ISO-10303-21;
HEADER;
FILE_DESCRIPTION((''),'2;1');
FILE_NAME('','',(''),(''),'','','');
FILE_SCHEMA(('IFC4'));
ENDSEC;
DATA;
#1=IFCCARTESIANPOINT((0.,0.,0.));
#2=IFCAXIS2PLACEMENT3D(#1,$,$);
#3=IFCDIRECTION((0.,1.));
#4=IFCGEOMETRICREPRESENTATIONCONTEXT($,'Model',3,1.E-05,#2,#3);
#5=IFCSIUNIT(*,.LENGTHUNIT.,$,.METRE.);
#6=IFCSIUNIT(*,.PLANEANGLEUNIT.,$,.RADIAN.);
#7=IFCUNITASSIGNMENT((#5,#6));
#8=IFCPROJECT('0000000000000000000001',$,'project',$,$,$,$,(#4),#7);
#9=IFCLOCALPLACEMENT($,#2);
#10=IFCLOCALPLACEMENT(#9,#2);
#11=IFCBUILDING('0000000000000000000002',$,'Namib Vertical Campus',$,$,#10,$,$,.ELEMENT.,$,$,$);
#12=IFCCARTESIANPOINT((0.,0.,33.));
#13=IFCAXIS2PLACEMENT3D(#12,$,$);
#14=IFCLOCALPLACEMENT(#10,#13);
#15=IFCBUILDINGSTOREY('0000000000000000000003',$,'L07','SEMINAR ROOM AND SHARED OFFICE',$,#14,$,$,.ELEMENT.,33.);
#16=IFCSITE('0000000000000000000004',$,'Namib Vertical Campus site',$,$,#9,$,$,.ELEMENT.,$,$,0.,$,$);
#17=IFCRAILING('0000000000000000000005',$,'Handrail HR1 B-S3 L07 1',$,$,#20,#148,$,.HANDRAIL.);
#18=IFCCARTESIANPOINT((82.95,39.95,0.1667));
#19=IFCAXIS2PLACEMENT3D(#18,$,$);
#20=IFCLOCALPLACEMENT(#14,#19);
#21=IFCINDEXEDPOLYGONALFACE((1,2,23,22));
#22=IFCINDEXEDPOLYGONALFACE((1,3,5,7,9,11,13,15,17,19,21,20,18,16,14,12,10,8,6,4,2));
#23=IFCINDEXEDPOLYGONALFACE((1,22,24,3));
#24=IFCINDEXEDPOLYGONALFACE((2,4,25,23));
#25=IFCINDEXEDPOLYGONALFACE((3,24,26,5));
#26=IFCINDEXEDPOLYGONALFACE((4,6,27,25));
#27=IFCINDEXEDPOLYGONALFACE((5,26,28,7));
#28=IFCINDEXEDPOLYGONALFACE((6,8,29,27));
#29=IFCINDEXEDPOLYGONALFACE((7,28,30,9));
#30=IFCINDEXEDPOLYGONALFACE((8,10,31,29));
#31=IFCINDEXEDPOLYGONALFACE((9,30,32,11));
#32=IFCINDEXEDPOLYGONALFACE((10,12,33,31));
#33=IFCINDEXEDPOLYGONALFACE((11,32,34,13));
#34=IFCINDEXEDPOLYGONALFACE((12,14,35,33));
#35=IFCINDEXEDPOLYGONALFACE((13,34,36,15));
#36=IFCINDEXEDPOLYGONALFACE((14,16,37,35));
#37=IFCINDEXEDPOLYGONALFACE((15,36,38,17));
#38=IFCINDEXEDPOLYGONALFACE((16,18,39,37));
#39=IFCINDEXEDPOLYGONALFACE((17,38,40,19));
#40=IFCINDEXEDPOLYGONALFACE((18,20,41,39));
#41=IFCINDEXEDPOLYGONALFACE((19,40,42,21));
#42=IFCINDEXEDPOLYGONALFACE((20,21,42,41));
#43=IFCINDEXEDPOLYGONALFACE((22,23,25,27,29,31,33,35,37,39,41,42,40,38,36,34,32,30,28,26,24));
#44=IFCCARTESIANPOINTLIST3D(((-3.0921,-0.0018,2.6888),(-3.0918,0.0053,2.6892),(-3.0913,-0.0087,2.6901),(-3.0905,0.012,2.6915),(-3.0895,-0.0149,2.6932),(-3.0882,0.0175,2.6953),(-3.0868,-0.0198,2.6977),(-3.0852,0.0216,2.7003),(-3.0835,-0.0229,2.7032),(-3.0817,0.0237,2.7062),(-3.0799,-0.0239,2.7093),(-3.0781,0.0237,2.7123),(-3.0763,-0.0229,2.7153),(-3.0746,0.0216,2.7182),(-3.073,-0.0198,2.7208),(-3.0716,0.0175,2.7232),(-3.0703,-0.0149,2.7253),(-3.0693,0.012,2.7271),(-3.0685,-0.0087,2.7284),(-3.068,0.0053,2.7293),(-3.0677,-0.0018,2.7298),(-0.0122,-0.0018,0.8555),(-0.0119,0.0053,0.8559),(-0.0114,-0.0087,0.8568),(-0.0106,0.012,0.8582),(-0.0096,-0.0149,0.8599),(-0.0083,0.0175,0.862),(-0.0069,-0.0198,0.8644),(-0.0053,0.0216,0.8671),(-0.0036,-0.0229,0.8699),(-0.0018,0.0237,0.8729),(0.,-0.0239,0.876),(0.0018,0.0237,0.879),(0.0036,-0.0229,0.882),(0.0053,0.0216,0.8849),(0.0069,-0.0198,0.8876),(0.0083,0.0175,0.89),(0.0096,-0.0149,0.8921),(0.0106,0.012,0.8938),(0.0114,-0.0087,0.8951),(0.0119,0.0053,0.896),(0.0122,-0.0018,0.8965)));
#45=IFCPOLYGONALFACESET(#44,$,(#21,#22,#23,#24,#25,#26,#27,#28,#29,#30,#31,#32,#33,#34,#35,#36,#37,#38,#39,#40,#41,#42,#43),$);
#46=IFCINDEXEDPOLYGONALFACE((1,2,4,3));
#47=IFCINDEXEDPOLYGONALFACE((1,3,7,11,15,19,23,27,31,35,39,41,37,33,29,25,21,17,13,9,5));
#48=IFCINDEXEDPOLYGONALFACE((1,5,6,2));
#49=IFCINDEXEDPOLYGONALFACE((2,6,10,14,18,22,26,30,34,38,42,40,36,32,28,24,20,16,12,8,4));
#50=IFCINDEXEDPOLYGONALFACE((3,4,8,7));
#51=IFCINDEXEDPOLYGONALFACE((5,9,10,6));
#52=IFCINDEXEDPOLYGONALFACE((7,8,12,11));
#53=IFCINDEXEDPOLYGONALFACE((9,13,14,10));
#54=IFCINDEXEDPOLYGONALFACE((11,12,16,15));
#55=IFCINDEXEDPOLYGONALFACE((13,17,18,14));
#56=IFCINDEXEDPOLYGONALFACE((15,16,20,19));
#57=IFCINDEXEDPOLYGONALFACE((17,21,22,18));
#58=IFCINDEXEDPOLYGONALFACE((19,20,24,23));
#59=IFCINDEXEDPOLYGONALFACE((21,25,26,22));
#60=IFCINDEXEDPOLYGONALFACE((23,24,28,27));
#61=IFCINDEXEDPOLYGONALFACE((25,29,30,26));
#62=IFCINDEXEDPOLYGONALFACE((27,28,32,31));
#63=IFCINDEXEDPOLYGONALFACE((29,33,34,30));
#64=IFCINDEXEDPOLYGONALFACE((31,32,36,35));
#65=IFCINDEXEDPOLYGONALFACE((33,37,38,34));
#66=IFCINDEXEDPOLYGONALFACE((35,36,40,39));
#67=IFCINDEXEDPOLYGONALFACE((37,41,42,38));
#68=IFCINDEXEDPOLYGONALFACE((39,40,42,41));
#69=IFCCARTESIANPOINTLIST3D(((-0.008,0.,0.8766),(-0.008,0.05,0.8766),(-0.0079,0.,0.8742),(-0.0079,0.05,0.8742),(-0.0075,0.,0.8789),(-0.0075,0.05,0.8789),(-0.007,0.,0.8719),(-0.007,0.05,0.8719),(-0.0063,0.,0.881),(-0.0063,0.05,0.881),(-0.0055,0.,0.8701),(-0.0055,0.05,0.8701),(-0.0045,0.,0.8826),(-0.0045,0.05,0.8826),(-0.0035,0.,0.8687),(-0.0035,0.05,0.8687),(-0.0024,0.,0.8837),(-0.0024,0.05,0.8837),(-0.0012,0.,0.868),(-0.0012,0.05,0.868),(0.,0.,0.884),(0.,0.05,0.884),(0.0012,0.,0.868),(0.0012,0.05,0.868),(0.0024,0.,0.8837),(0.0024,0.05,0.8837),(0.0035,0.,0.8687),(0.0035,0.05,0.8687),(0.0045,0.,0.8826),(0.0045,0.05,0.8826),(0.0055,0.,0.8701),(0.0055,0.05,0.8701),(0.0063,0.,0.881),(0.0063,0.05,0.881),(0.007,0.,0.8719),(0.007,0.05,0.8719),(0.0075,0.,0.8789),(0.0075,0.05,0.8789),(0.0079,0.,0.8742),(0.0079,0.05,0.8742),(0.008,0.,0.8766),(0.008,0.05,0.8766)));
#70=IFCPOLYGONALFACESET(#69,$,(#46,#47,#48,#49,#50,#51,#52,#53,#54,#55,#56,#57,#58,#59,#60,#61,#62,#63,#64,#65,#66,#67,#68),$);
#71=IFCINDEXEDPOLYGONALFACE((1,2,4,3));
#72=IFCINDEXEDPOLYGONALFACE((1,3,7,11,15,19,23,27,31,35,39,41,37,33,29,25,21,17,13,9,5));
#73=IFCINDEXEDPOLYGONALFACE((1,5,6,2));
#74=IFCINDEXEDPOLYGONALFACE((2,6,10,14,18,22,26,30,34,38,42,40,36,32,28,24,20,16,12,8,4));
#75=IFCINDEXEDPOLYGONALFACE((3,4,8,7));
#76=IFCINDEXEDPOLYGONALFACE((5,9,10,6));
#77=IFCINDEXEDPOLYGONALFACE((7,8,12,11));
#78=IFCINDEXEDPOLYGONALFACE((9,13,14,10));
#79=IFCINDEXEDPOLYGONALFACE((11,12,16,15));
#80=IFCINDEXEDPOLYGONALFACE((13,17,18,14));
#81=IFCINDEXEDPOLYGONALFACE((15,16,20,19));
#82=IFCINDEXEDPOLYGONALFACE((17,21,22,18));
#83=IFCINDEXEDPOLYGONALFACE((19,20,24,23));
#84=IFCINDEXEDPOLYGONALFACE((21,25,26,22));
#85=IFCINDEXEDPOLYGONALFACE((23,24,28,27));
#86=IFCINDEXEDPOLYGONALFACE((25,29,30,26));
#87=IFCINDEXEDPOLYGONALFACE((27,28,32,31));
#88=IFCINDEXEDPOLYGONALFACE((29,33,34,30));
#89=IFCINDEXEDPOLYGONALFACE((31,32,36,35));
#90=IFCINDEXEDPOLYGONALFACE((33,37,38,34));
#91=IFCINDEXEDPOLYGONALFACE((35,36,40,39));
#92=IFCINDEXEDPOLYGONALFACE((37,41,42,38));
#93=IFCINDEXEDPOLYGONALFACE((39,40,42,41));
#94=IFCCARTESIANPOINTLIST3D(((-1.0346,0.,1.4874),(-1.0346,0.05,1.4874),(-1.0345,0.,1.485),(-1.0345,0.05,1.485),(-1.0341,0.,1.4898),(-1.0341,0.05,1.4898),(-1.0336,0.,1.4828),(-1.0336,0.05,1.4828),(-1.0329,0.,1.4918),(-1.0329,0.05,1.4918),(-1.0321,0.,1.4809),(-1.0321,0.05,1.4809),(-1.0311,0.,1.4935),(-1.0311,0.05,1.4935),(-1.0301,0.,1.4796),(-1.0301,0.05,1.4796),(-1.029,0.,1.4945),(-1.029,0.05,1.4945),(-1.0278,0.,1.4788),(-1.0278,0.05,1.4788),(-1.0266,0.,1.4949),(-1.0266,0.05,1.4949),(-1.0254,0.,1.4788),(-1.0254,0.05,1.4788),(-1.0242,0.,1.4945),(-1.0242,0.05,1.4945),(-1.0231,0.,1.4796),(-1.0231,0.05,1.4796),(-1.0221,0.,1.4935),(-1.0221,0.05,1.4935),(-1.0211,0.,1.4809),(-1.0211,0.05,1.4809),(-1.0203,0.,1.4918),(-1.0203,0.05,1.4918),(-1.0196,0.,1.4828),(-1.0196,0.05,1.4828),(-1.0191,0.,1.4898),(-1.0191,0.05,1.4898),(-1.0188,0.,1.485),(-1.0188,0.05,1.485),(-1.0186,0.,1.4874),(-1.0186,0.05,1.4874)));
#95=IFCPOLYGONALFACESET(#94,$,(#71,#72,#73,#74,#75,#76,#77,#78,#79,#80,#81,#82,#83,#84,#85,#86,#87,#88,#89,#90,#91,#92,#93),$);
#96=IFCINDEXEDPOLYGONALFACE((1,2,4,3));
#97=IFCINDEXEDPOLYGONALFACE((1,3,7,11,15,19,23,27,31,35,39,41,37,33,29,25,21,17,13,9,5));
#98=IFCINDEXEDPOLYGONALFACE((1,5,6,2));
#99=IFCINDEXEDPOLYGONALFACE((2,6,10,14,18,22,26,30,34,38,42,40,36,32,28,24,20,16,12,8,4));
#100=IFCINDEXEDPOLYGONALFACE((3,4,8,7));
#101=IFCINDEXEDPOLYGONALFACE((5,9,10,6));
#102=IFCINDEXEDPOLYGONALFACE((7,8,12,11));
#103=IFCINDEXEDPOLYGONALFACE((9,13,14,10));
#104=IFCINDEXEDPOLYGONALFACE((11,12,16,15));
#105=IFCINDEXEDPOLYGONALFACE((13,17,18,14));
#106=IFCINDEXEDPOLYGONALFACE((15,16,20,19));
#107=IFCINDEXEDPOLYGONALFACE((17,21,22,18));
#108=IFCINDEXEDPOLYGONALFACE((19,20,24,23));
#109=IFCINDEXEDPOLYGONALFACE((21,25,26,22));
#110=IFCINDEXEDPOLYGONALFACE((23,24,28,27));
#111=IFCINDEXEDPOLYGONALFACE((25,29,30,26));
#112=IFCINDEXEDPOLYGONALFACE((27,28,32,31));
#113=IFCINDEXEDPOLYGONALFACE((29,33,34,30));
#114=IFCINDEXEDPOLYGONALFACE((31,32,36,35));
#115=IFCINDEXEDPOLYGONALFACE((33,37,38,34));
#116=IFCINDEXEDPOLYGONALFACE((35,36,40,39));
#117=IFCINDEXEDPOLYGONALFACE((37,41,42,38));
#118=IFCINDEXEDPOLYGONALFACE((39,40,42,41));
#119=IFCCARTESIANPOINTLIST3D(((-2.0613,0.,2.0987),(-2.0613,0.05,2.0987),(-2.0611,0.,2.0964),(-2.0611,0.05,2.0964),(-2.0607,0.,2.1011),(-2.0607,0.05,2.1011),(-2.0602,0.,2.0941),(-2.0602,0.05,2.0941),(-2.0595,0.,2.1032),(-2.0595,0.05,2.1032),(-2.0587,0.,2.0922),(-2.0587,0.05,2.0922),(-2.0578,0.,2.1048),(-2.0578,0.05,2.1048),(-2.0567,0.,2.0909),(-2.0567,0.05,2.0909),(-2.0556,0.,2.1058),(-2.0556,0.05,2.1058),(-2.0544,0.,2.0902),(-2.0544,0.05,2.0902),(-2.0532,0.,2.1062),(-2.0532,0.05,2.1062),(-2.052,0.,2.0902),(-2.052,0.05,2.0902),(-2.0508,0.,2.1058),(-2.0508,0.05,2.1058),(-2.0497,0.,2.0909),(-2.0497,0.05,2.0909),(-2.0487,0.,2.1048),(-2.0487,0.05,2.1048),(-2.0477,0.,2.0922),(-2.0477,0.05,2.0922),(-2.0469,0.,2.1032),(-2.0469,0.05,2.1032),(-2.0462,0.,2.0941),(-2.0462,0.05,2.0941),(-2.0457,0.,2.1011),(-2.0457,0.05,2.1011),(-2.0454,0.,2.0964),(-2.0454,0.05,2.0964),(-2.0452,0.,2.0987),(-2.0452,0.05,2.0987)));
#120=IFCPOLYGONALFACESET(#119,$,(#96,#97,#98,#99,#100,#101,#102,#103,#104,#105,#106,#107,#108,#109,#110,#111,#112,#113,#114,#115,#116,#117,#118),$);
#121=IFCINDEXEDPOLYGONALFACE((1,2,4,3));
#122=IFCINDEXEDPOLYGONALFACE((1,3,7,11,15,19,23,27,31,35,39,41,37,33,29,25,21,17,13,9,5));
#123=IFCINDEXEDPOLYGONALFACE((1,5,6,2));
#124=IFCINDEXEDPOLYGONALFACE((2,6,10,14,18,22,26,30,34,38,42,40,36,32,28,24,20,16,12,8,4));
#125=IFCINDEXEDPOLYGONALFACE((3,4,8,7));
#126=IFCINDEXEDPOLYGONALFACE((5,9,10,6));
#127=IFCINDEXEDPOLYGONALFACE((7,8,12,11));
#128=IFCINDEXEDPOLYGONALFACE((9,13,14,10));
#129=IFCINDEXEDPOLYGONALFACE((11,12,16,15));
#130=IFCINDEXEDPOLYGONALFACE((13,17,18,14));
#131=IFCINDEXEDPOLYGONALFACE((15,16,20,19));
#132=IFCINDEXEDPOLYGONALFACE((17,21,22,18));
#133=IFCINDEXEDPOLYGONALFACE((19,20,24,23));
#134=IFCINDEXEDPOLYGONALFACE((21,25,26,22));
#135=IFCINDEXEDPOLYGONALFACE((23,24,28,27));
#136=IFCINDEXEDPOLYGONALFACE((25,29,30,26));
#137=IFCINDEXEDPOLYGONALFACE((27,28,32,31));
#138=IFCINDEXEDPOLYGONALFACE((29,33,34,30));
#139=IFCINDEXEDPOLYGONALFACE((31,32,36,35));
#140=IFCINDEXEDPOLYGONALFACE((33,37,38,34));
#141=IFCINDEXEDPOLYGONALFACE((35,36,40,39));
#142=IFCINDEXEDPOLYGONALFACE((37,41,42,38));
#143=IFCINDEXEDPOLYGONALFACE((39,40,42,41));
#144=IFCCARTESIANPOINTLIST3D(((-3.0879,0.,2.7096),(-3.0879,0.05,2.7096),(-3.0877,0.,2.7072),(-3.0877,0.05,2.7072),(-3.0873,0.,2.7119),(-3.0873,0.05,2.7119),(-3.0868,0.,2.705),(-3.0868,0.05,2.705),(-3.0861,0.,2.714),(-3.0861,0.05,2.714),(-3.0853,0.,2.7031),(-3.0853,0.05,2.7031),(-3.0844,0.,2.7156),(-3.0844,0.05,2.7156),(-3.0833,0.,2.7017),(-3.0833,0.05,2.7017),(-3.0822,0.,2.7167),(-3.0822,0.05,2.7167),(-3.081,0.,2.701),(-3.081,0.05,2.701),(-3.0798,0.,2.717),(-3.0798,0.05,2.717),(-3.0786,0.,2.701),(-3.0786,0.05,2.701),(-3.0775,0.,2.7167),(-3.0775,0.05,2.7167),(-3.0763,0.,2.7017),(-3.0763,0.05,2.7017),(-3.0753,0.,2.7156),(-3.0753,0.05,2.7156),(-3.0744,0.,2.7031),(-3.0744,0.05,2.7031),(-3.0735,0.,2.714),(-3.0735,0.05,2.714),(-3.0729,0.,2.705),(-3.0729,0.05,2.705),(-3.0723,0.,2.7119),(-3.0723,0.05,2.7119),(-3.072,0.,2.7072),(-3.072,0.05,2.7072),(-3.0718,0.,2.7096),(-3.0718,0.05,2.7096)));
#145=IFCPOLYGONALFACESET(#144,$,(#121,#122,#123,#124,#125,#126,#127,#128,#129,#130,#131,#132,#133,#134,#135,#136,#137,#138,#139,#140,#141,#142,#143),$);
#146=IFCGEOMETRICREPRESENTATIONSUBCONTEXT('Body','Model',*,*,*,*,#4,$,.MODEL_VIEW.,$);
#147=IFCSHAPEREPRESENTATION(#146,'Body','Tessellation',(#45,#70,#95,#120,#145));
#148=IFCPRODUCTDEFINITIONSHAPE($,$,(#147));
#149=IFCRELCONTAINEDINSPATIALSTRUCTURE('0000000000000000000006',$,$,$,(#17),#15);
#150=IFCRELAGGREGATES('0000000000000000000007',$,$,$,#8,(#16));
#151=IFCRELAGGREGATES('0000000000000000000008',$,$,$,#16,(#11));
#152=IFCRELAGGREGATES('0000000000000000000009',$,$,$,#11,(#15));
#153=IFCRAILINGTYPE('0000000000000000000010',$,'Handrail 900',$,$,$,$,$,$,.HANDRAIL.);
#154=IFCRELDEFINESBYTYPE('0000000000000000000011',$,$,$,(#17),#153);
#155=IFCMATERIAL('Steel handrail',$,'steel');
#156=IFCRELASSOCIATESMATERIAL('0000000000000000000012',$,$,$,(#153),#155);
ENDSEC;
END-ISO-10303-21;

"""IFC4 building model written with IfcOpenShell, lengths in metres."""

from ifc_helpers import new_model, si_unit, direction, frame, origin, origin_2d, place, context, subcontext, project, spatial, circle, extrude, material, type_object, element, save


model = new_model("IFC4")

# Units and contexts
model_context = context("Model", 3, precision=1e-05, world=origin(), true_north=direction((0.0, 1.0)))
body_context = subcontext(model_context, "Body", "Model", "MODEL_VIEW")
ifc_project = project(units=[si_unit("LENGTHUNIT", "METRE"), si_unit("PLANEANGLEUNIT", "RADIAN")], contexts=[model_context])

# Site, building, storey
site_placement = place(None, origin())
site = spatial("IfcSite", under=ifc_project, at=site_placement, Name="Namib Vertical Campus site", CompositionType="ELEMENT", RefElevation=0.0)
building_placement = place(site_placement, origin())
building = spatial("IfcBuilding", under=site, at=building_placement, Name="Namib Vertical Campus", CompositionType="ELEMENT")
storey_placement = place(building_placement, frame((0.0, 0.0, 33.0)))
storey = spatial("IfcBuildingStorey", under=building, at=storey_placement, Name="L07", Description="SEMINAR ROOM AND SHARED OFFICE", CompositionType="ELEMENT", Elevation=33.0)

# Railing
ifc_material_1 = material(Name="Steel handrail", Category="steel")
railing_type_1 = type_object("IfcRailingType", Name="Handrail 900", PredefinedType="HANDRAIL", material=ifc_material_1)
railing_1_placement = place(storey_placement, frame((82.95, 39.95, 0.1667)))
element("IfcRailing", 1, at=railing_1_placement, inside=storey, type_object=railing_type_1, Name="Handrail HR1 B-S3 L07 1", PredefinedType="HANDRAIL", context=body_context, shape_type="SweptSolid", body=[
    extrude(circle(Radius=0.0239, at=origin_2d()), frame((0.0, 0.0, 0.876), z_axis=(-0.859291, 0.0, 0.511487), x_axis=(0.0, -1.0, 0.0)), (0.0, 0.0, 1.0), 3.5842),
    extrude(circle(Radius=0.0081, at=origin_2d()), frame((0.0, 0.0, 0.876), z_axis=(0.0, 1.0, 0.0), x_axis=(0.0, 0.0, 1.0)), (0.0, 0.0, 1.0), 0.05),
    extrude(circle(Radius=0.0081, at=origin_2d()), frame((-1.0266, 0.0, 1.4868), z_axis=(0.0, 1.0, 0.0), x_axis=(0.0, 0.0, 1.0)), (0.0, 0.0, 1.0), 0.05),
    extrude(circle(Radius=0.0081, at=origin_2d()), frame((-2.0532, 0.0, 2.0981), z_axis=(0.0, 1.0, 0.0), x_axis=(0.0, 0.0, 1.0)), (0.0, 0.0, 1.0), 0.05),
    extrude(circle(Radius=0.0081, at=origin_2d()), frame((-3.0798, 0.0, 2.709), z_axis=(0.0, 1.0, 0.0), x_axis=(0.0, 0.0, 1.0)), (0.0, 0.0, 1.0), 0.05),
])

save(model, "model.ifc")
